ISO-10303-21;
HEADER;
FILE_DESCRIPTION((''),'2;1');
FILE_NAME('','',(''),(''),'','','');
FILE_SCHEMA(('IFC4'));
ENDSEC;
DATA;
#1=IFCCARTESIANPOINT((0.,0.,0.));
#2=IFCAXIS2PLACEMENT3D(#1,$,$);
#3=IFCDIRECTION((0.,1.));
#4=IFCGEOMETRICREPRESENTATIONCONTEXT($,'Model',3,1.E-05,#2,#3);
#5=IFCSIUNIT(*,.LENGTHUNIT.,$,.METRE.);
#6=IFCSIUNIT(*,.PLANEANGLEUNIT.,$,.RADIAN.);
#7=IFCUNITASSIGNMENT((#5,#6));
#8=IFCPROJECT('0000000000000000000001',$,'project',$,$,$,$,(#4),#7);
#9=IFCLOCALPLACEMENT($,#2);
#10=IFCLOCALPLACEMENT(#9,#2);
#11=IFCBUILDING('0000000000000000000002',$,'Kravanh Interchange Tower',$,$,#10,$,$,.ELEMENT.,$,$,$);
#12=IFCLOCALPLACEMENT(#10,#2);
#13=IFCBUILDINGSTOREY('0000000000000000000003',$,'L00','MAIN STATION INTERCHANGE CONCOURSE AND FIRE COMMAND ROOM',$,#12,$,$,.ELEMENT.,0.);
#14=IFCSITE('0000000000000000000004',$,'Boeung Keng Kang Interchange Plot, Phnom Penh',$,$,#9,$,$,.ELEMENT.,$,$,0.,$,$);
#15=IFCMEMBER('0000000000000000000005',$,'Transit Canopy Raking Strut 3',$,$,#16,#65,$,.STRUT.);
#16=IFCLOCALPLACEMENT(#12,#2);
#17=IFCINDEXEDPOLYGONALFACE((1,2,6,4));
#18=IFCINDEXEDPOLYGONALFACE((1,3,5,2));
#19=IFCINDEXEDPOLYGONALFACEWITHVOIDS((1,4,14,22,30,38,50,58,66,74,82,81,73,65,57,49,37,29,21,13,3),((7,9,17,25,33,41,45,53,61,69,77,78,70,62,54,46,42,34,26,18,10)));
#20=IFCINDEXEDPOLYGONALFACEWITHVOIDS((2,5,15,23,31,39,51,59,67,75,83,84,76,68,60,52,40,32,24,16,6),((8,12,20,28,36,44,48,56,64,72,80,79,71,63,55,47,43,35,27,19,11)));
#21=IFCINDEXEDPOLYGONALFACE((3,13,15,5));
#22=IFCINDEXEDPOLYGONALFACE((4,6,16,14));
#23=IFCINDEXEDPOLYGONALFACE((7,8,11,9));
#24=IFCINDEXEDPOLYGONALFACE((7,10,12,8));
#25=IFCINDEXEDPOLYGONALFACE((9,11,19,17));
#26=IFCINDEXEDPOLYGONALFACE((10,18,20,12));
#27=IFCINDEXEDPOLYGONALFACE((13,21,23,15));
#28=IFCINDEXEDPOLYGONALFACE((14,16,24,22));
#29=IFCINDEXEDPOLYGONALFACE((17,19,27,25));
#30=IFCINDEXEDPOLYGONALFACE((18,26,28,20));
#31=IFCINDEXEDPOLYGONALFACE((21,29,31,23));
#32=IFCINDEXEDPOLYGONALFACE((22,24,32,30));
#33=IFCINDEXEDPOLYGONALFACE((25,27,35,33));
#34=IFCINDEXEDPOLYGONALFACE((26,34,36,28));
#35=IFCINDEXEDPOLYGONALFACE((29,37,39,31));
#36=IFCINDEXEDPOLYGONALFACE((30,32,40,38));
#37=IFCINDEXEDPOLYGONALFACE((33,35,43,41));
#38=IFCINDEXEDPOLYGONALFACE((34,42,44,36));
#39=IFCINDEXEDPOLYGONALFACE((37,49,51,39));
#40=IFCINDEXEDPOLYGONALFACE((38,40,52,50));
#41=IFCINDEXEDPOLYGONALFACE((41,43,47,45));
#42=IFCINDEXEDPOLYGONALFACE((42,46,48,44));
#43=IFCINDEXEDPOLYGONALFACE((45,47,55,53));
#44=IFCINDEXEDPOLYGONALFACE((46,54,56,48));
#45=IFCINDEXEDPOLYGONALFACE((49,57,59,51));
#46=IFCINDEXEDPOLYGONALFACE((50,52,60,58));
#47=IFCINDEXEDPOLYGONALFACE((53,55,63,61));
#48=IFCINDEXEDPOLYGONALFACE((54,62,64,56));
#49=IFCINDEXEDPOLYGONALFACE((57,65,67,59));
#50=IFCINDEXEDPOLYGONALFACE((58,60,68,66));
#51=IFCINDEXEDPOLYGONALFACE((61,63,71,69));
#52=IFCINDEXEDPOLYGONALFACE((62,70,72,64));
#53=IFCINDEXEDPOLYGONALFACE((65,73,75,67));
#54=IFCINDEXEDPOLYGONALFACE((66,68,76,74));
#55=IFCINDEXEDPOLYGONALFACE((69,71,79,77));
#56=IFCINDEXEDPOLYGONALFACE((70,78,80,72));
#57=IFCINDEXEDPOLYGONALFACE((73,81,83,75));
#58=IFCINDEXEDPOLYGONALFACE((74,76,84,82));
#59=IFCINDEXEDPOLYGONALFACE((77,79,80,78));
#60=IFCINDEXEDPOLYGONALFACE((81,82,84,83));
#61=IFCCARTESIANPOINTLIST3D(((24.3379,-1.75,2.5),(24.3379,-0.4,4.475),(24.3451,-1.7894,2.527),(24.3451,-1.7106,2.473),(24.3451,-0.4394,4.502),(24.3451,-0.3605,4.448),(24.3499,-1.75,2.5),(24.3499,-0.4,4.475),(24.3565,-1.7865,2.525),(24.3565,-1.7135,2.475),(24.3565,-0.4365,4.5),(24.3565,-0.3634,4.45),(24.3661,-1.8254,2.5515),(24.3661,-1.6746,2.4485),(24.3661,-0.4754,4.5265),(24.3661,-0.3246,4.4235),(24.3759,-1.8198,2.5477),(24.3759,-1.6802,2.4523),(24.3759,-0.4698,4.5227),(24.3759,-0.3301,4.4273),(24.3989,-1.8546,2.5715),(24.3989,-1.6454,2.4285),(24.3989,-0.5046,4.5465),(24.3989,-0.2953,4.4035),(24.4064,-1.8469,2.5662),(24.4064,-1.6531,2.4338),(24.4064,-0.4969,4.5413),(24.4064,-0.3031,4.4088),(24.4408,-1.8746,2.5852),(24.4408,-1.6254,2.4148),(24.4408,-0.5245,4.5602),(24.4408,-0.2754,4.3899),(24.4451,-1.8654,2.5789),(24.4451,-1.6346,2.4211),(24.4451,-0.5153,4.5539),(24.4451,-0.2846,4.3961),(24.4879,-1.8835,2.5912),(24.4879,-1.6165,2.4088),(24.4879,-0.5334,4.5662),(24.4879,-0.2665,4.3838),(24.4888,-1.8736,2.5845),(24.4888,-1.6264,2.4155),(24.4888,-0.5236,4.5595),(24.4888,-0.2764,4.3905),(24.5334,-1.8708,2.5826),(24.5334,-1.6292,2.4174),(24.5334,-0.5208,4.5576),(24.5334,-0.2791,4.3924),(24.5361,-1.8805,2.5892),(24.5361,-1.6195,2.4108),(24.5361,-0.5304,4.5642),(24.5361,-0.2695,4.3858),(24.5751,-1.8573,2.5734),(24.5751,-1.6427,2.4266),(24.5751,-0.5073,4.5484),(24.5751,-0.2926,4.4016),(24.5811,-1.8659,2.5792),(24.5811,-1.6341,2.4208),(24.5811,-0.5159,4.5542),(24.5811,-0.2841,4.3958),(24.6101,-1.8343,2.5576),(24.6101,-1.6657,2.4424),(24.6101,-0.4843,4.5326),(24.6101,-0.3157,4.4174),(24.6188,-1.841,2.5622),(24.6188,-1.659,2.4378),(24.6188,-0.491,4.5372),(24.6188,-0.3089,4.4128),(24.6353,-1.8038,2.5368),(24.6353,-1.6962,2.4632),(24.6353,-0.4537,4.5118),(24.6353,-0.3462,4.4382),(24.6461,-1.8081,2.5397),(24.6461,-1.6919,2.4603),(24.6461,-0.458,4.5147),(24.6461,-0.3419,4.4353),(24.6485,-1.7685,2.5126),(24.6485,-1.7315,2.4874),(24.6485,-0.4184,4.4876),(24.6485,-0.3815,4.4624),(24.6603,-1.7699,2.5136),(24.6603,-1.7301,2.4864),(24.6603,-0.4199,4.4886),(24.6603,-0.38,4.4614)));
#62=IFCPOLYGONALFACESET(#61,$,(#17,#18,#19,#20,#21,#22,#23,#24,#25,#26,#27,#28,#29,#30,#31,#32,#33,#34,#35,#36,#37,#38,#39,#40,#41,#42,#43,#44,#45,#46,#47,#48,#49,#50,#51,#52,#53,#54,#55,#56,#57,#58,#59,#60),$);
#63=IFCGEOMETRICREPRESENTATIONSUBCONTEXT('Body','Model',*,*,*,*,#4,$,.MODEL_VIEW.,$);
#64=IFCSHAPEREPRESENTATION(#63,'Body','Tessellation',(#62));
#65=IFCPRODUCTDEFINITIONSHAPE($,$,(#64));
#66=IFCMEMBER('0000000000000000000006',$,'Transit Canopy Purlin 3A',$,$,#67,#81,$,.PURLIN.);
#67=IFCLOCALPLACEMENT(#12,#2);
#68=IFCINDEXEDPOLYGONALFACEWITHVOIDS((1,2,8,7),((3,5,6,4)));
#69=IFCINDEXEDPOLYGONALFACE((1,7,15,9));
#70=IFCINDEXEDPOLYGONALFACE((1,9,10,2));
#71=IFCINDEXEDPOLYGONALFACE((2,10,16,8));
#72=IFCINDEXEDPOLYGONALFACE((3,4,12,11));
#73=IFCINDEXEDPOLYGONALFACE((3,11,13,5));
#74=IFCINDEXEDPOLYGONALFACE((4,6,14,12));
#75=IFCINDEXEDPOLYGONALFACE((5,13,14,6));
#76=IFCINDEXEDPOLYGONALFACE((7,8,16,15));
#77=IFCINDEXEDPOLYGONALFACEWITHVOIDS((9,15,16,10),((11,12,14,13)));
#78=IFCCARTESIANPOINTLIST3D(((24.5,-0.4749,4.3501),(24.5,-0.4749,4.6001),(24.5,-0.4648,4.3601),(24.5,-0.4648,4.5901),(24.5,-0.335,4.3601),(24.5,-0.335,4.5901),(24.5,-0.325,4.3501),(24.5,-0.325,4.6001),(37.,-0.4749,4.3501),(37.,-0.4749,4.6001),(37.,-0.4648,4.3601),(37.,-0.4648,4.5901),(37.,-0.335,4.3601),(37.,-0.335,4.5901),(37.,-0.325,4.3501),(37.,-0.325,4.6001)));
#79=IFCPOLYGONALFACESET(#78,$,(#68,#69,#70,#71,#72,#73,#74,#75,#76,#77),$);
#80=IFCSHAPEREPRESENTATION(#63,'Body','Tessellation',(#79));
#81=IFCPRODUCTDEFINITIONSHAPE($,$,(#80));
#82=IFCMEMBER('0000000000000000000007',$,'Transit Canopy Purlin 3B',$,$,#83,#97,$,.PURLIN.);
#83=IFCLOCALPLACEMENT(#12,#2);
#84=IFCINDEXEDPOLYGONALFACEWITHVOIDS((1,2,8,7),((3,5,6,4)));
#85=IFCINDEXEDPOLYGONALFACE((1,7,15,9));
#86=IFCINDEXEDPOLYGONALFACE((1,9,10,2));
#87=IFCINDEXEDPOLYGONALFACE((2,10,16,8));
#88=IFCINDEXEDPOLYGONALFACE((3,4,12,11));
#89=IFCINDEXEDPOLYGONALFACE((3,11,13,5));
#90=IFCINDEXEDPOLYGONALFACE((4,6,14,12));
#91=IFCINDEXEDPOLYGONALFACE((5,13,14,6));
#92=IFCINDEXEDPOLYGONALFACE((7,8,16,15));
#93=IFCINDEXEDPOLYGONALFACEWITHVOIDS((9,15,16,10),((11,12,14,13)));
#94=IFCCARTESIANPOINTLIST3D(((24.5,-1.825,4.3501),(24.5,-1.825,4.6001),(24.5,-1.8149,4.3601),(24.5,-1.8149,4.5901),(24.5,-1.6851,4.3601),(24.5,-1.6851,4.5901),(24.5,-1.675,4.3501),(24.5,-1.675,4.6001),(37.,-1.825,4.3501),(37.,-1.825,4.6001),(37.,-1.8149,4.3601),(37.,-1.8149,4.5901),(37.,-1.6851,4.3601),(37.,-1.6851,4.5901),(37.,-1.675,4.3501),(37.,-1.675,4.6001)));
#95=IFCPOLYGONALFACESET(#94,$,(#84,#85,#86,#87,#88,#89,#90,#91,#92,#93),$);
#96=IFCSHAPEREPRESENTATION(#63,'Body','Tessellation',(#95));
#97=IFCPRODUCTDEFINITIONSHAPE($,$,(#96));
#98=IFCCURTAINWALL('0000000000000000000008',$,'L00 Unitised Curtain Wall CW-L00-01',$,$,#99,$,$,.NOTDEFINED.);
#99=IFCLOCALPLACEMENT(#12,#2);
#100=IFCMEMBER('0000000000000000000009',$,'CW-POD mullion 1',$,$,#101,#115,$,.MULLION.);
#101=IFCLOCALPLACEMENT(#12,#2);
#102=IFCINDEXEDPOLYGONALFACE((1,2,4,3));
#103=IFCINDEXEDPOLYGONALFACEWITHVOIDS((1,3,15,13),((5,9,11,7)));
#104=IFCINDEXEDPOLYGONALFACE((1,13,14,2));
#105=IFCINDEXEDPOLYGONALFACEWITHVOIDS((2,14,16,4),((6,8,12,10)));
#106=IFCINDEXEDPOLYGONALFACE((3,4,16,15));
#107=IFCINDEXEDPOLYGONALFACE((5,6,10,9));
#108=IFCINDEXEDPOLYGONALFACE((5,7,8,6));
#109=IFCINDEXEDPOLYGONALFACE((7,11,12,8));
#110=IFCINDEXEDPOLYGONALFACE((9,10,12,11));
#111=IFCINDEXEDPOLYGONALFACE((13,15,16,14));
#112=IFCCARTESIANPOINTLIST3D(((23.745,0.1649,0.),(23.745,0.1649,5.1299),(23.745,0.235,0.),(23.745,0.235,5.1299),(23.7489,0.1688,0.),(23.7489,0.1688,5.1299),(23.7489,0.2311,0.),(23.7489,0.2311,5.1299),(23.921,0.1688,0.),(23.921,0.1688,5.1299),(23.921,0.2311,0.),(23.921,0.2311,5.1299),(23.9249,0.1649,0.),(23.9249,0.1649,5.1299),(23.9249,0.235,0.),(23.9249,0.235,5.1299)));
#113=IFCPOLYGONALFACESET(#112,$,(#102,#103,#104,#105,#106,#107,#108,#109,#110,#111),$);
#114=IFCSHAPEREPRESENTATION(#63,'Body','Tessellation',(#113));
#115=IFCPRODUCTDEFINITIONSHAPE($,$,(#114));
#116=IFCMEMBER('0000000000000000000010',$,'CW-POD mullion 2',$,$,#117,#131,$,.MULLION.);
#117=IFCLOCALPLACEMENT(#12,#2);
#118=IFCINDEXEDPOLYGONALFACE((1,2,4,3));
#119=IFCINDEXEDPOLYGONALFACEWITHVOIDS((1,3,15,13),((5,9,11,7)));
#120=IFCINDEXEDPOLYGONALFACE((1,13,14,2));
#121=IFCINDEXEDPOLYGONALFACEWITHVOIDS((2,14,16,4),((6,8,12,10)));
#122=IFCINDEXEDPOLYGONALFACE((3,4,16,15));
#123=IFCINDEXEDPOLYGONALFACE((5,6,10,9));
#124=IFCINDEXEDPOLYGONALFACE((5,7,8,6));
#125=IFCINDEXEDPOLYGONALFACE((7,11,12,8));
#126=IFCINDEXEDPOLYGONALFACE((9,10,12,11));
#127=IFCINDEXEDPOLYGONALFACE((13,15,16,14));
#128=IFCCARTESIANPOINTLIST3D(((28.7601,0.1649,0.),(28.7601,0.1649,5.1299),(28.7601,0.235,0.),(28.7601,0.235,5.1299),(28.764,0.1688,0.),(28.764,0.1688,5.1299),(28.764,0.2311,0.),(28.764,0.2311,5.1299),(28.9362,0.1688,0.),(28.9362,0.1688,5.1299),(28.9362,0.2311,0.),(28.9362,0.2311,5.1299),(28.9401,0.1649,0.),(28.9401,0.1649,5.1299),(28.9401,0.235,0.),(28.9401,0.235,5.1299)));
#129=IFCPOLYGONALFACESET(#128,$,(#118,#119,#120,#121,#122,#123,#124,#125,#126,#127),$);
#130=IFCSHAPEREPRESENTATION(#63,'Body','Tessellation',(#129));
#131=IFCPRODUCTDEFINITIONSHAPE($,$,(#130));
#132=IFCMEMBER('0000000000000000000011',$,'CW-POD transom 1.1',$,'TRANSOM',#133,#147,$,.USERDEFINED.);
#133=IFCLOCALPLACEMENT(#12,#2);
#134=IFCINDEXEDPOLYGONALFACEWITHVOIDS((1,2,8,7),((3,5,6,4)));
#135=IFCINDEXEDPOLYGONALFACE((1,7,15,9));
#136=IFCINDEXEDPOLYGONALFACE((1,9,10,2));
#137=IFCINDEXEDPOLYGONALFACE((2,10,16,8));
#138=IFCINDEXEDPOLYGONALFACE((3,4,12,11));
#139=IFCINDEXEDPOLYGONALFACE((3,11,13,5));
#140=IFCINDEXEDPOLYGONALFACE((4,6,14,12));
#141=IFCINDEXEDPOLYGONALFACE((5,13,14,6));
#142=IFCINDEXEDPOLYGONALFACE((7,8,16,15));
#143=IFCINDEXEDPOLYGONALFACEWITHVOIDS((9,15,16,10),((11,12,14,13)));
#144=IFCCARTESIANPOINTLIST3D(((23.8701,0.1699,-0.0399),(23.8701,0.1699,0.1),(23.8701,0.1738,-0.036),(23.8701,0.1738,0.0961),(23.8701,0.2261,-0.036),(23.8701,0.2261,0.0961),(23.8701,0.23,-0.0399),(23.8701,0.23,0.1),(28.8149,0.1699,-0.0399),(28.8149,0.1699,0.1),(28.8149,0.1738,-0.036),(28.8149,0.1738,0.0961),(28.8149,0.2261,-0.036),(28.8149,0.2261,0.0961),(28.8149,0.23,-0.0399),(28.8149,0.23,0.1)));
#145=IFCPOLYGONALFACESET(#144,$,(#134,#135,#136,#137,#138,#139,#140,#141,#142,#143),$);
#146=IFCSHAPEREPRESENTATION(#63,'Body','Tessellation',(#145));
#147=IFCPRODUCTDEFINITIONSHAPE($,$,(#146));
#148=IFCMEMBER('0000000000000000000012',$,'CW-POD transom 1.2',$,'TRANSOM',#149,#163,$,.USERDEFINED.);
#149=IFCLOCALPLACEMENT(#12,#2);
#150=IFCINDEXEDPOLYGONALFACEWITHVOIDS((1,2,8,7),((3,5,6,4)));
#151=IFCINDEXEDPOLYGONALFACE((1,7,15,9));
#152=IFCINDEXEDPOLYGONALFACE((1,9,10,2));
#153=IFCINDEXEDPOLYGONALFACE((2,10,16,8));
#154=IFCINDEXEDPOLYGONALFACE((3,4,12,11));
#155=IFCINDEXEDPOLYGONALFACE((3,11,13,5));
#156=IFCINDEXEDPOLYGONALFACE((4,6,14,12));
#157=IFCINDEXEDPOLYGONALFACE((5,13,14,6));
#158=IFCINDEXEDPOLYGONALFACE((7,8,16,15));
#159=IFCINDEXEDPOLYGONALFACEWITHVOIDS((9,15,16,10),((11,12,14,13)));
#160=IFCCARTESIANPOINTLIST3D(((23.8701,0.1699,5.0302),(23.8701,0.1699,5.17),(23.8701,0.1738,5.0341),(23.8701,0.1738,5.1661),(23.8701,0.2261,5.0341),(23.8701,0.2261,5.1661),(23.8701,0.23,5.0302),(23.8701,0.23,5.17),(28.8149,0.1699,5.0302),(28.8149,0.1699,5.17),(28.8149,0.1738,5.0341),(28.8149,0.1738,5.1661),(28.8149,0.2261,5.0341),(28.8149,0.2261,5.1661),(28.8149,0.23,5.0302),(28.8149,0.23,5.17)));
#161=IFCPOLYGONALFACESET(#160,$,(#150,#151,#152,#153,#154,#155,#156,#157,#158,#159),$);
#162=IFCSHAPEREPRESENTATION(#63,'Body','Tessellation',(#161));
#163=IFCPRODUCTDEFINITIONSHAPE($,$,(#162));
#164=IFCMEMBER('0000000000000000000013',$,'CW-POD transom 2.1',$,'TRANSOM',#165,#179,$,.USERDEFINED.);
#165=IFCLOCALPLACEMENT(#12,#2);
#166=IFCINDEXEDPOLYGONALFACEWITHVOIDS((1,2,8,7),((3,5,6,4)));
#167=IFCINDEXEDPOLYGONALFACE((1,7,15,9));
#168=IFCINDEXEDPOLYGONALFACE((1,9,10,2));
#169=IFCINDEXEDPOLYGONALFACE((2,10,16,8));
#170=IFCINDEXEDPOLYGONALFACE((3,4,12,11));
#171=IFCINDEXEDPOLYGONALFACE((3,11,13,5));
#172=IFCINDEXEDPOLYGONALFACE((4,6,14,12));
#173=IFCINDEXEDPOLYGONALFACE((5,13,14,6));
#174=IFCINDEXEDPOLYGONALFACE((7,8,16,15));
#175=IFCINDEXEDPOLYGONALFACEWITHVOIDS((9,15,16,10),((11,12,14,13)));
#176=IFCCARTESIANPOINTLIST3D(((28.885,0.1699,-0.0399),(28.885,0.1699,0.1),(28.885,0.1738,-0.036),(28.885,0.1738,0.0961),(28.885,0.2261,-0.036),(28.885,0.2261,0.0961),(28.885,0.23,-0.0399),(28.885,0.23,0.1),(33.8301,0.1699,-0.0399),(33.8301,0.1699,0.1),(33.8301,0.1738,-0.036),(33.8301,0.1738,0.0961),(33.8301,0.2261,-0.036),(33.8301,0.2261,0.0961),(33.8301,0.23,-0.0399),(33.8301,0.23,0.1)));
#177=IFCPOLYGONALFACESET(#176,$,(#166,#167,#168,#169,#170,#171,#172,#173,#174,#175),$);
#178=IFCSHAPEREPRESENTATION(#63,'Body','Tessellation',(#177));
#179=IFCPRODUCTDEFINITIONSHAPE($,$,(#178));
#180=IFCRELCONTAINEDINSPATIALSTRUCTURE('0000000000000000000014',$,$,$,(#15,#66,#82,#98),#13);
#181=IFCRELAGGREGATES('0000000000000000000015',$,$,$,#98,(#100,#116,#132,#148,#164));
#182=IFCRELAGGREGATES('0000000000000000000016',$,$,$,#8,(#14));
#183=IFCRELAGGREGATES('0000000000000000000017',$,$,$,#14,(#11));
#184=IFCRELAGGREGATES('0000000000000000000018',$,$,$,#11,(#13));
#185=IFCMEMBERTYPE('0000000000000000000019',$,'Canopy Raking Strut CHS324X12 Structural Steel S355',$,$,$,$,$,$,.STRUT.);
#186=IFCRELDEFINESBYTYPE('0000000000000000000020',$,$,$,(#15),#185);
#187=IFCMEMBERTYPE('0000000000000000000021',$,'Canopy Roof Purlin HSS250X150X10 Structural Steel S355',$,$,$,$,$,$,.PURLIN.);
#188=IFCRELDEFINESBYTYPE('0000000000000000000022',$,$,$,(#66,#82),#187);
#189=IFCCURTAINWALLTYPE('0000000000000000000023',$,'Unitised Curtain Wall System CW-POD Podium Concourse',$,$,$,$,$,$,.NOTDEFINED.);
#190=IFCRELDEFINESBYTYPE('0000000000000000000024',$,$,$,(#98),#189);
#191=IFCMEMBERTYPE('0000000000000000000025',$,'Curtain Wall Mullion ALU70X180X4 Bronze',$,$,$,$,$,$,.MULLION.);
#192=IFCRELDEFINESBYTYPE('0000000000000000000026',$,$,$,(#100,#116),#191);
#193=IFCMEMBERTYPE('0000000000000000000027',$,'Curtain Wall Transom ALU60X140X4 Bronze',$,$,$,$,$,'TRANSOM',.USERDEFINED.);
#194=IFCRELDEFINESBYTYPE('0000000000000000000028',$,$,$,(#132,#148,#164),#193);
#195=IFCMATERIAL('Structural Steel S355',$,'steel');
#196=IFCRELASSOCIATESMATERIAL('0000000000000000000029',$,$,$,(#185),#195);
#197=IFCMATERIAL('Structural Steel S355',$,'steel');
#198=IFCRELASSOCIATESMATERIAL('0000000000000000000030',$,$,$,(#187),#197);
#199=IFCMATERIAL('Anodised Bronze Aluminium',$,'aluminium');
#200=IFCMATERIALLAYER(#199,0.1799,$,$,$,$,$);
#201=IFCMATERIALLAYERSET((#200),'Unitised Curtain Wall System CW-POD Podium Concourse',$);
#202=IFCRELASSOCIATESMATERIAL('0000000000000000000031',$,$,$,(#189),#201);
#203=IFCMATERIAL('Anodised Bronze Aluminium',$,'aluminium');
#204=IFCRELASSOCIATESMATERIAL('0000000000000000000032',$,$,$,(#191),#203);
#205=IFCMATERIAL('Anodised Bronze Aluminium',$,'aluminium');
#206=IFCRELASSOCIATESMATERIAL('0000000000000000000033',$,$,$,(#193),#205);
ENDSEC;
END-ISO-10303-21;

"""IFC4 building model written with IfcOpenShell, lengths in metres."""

from ifc_helpers import new_model, si_unit, direction, frame, origin, origin_2d, place, context, subcontext, project, spatial, hollow_rectangle, hollow_circle, extrude, material, layer, layer_set, material_profile, profile_set, type_object, element, aggregate, save


model = new_model("IFC4")

# Units and contexts
model_context = context("Model", 3, precision=1e-05, world=origin(), true_north=direction((0.0, 1.0)))
body_context = subcontext(model_context, "Body", "Model", "MODEL_VIEW")
ifc_project = project(units=[si_unit("LENGTHUNIT", "METRE"), si_unit("PLANEANGLEUNIT", "RADIAN")], contexts=[model_context])

# Site, building, storey
site_placement = place(None, origin())
site = spatial("IfcSite", under=ifc_project, at=site_placement, Name="Boeung Keng Kang Interchange Plot, Phnom Penh", CompositionType="ELEMENT", RefElevation=0.0)
building_placement = place(site_placement, origin())
building = spatial("IfcBuilding", under=site, at=building_placement, Name="Kravanh Interchange Tower", CompositionType="ELEMENT")
storey_placement = place(building_placement, origin())
storey = spatial("IfcBuildingStorey", under=building, at=storey_placement, Name="L00", Description="MAIN STATION INTERCHANGE CONCOURSE AND FIRE COMMAND ROOM", CompositionType="ELEMENT", Elevation=0.0)

# Members
ifc_material_1 = material(Name="Structural Steel S355", Category="steel")
ifc_material_profile_1 = material_profile(ifc_material_1, hollow_circle(Radius=0.1621, WallThickness=0.012, at=origin_2d()), Name="CHS324X12")
ifc_profile_set_1 = profile_set([ifc_material_profile_1], Name="Structural Steel S355")
member_type_1 = type_object("IfcMemberType", Name="Canopy Raking Strut CHS324X12 Structural Steel S355", PredefinedType="STRUT", material=ifc_profile_set_1)
member_1_placement = place(storey_placement, frame((24.5, -1.75, 2.5), z_axis=(0.0, 0.564318, 0.825557), x_axis=(-1.0, 0.0, 0.0)))
element("IfcMember", 1, at=member_1_placement, inside=storey, type_object=member_type_1, Name="Transit Canopy Raking Strut 3", PredefinedType="STRUT", context=body_context, shape_type="SweptSolid", body=[
    extrude(hollow_circle(Radius=0.1621, WallThickness=0.012, at=origin_2d()), origin(), (0.0, 0.0, 1.0), 2.3923),
])
ifc_material_2 = material(Name="Structural Steel S355", Category="steel")
ifc_material_profile_2 = material_profile(ifc_material_2, hollow_rectangle(XDim=0.1499, YDim=0.25, WallThickness=0.01, at=origin_2d()), Name="HSS250X150X10")
ifc_profile_set_2 = profile_set([ifc_material_profile_2], Name="Structural Steel S355")
member_type_2 = type_object("IfcMemberType", Name="Canopy Roof Purlin HSS250X150X10 Structural Steel S355", PredefinedType="PURLIN", material=ifc_profile_set_2)
for number, where, z_axis, x_axis, name in (
    (2, (24.5, -0.3999, 4.4751), (1.0, 0.0, 0.0), (0.0, 1.0, 0.0), "Transit Canopy Purlin 3A"),
    (3, (24.5, -1.75, 4.4751), (1.0, 0.0, 0.0), (0.0, 1.0, 0.0), "Transit Canopy Purlin 3B"),
):
    element("IfcMember", number, at=place(storey_placement, frame(where, z_axis=z_axis, x_axis=x_axis)), inside=storey, type_object=member_type_2, Name=name, PredefinedType="PURLIN", context=body_context, shape_type="SweptSolid", body=[
        extrude(hollow_rectangle(XDim=0.1499, YDim=0.25, WallThickness=0.01, at=origin_2d()), origin(), (0.0, 0.0, 1.0), 12.5),
    ])

# Curtain wall, members
ifc_material_3 = material(Name="Anodised Bronze Aluminium", Category="aluminium")
ifc_layer_1 = layer(ifc_material_3, 0.1799)
ifc_layer_set_1 = layer_set([ifc_layer_1], Name="Unitised Curtain Wall System CW-POD Podium Concourse")
curtain_wall_type = type_object("IfcCurtainWallType", Name="Unitised Curtain Wall System CW-POD Podium Concourse", PredefinedType="NOTDEFINED", material=ifc_layer_set_1)
curtain_wall_placement = place(storey_placement, origin())
curtain_wall = element("IfcCurtainWall", 4, at=curtain_wall_placement, inside=storey, type_object=curtain_wall_type, Name="L00 Unitised Curtain Wall CW-L00-01", PredefinedType="NOTDEFINED")
ifc_material_4 = material(Name="Anodised Bronze Aluminium", Category="aluminium")
ifc_material_profile_3 = material_profile(ifc_material_4, hollow_rectangle(XDim=0.0701, YDim=0.1799, WallThickness=0.0039, at=origin_2d()), Name="ALU70X180X4")
ifc_profile_set_3 = profile_set([ifc_material_profile_3], Name="Anodised Bronze Aluminium")
member_type_3 = type_object("IfcMemberType", Name="Curtain Wall Mullion ALU70X180X4 Bronze", PredefinedType="MULLION", material=ifc_profile_set_3)
member_2_placement = place(storey_placement, frame((23.835, 0.2, 0.0), z_axis=(0.0, 0.0, 1.0), x_axis=(0.0, 1.0, 0.0)))
member_2 = element("IfcMember", 5, at=member_2_placement, type_object=member_type_3, Name="CW-POD mullion 1", PredefinedType="MULLION", context=body_context, shape_type="SweptSolid", body=[
    extrude(hollow_rectangle(XDim=0.0701, YDim=0.1799, WallThickness=0.0039, at=origin_2d()), origin(), (0.0, 0.0, 1.0), 5.1299),
])
member_3_placement = place(storey_placement, frame((28.8501, 0.2, 0.0), z_axis=(0.0, 0.0, 1.0), x_axis=(0.0, 1.0, 0.0)))
member_3 = element("IfcMember", 6, at=member_3_placement, type_object=member_type_3, Name="CW-POD mullion 2", PredefinedType="MULLION", context=body_context, shape_type="SweptSolid", body=[
    extrude(hollow_rectangle(XDim=0.0701, YDim=0.1799, WallThickness=0.0039, at=origin_2d()), origin(), (0.0, 0.0, 1.0), 5.1299),
])
ifc_material_5 = material(Name="Anodised Bronze Aluminium", Category="aluminium")
ifc_material_profile_4 = material_profile(ifc_material_5, hollow_rectangle(XDim=0.0601, YDim=0.1399, WallThickness=0.0039, at=origin_2d()), Name="ALU60X140X4")
ifc_profile_set_4 = profile_set([ifc_material_profile_4], Name="Anodised Bronze Aluminium")
member_type_4 = type_object("IfcMemberType", Name="Curtain Wall Transom ALU60X140X4 Bronze", ElementType="TRANSOM", PredefinedType="USERDEFINED", material=ifc_profile_set_4)
member_4_placement = place(storey_placement, frame((23.8701, 0.2, 0.03), z_axis=(1.0, 0.0, 0.0), x_axis=(0.0, 1.0, 0.0)))
member_4 = element("IfcMember", 7, at=member_4_placement, type_object=member_type_4, Name="CW-POD transom 1.1", ObjectType="TRANSOM", PredefinedType="USERDEFINED", context=body_context, shape_type="SweptSolid", body=[
    extrude(hollow_rectangle(XDim=0.0601, YDim=0.1399, WallThickness=0.0039, at=origin_2d()), origin(), (0.0, 0.0, 1.0), 4.9448),
])
member_5_placement = place(storey_placement, frame((23.8701, 0.2, 5.1001), z_axis=(1.0, 0.0, 0.0), x_axis=(0.0, 1.0, 0.0)))
member_5 = element("IfcMember", 8, at=member_5_placement, type_object=member_type_4, Name="CW-POD transom 1.2", ObjectType="TRANSOM", PredefinedType="USERDEFINED", context=body_context, shape_type="SweptSolid", body=[
    extrude(hollow_rectangle(XDim=0.0601, YDim=0.1399, WallThickness=0.0039, at=origin_2d()), origin(), (0.0, 0.0, 1.0), 4.9448),
])
member_6_placement = place(storey_placement, frame((28.885, 0.2, 0.03), z_axis=(1.0, 0.0, 0.0), x_axis=(0.0, 1.0, 0.0)))
member_6 = element("IfcMember", 9, at=member_6_placement, type_object=member_type_4, Name="CW-POD transom 2.1", ObjectType="TRANSOM", PredefinedType="USERDEFINED", context=body_context, shape_type="SweptSolid", body=[
    extrude(hollow_rectangle(XDim=0.0601, YDim=0.1399, WallThickness=0.0039, at=origin_2d()), origin(), (0.0, 0.0, 1.0), 4.9451),
])

aggregate(curtain_wall, [member_2, member_3, member_4, member_5, member_6])

save(model, "model.ifc")
